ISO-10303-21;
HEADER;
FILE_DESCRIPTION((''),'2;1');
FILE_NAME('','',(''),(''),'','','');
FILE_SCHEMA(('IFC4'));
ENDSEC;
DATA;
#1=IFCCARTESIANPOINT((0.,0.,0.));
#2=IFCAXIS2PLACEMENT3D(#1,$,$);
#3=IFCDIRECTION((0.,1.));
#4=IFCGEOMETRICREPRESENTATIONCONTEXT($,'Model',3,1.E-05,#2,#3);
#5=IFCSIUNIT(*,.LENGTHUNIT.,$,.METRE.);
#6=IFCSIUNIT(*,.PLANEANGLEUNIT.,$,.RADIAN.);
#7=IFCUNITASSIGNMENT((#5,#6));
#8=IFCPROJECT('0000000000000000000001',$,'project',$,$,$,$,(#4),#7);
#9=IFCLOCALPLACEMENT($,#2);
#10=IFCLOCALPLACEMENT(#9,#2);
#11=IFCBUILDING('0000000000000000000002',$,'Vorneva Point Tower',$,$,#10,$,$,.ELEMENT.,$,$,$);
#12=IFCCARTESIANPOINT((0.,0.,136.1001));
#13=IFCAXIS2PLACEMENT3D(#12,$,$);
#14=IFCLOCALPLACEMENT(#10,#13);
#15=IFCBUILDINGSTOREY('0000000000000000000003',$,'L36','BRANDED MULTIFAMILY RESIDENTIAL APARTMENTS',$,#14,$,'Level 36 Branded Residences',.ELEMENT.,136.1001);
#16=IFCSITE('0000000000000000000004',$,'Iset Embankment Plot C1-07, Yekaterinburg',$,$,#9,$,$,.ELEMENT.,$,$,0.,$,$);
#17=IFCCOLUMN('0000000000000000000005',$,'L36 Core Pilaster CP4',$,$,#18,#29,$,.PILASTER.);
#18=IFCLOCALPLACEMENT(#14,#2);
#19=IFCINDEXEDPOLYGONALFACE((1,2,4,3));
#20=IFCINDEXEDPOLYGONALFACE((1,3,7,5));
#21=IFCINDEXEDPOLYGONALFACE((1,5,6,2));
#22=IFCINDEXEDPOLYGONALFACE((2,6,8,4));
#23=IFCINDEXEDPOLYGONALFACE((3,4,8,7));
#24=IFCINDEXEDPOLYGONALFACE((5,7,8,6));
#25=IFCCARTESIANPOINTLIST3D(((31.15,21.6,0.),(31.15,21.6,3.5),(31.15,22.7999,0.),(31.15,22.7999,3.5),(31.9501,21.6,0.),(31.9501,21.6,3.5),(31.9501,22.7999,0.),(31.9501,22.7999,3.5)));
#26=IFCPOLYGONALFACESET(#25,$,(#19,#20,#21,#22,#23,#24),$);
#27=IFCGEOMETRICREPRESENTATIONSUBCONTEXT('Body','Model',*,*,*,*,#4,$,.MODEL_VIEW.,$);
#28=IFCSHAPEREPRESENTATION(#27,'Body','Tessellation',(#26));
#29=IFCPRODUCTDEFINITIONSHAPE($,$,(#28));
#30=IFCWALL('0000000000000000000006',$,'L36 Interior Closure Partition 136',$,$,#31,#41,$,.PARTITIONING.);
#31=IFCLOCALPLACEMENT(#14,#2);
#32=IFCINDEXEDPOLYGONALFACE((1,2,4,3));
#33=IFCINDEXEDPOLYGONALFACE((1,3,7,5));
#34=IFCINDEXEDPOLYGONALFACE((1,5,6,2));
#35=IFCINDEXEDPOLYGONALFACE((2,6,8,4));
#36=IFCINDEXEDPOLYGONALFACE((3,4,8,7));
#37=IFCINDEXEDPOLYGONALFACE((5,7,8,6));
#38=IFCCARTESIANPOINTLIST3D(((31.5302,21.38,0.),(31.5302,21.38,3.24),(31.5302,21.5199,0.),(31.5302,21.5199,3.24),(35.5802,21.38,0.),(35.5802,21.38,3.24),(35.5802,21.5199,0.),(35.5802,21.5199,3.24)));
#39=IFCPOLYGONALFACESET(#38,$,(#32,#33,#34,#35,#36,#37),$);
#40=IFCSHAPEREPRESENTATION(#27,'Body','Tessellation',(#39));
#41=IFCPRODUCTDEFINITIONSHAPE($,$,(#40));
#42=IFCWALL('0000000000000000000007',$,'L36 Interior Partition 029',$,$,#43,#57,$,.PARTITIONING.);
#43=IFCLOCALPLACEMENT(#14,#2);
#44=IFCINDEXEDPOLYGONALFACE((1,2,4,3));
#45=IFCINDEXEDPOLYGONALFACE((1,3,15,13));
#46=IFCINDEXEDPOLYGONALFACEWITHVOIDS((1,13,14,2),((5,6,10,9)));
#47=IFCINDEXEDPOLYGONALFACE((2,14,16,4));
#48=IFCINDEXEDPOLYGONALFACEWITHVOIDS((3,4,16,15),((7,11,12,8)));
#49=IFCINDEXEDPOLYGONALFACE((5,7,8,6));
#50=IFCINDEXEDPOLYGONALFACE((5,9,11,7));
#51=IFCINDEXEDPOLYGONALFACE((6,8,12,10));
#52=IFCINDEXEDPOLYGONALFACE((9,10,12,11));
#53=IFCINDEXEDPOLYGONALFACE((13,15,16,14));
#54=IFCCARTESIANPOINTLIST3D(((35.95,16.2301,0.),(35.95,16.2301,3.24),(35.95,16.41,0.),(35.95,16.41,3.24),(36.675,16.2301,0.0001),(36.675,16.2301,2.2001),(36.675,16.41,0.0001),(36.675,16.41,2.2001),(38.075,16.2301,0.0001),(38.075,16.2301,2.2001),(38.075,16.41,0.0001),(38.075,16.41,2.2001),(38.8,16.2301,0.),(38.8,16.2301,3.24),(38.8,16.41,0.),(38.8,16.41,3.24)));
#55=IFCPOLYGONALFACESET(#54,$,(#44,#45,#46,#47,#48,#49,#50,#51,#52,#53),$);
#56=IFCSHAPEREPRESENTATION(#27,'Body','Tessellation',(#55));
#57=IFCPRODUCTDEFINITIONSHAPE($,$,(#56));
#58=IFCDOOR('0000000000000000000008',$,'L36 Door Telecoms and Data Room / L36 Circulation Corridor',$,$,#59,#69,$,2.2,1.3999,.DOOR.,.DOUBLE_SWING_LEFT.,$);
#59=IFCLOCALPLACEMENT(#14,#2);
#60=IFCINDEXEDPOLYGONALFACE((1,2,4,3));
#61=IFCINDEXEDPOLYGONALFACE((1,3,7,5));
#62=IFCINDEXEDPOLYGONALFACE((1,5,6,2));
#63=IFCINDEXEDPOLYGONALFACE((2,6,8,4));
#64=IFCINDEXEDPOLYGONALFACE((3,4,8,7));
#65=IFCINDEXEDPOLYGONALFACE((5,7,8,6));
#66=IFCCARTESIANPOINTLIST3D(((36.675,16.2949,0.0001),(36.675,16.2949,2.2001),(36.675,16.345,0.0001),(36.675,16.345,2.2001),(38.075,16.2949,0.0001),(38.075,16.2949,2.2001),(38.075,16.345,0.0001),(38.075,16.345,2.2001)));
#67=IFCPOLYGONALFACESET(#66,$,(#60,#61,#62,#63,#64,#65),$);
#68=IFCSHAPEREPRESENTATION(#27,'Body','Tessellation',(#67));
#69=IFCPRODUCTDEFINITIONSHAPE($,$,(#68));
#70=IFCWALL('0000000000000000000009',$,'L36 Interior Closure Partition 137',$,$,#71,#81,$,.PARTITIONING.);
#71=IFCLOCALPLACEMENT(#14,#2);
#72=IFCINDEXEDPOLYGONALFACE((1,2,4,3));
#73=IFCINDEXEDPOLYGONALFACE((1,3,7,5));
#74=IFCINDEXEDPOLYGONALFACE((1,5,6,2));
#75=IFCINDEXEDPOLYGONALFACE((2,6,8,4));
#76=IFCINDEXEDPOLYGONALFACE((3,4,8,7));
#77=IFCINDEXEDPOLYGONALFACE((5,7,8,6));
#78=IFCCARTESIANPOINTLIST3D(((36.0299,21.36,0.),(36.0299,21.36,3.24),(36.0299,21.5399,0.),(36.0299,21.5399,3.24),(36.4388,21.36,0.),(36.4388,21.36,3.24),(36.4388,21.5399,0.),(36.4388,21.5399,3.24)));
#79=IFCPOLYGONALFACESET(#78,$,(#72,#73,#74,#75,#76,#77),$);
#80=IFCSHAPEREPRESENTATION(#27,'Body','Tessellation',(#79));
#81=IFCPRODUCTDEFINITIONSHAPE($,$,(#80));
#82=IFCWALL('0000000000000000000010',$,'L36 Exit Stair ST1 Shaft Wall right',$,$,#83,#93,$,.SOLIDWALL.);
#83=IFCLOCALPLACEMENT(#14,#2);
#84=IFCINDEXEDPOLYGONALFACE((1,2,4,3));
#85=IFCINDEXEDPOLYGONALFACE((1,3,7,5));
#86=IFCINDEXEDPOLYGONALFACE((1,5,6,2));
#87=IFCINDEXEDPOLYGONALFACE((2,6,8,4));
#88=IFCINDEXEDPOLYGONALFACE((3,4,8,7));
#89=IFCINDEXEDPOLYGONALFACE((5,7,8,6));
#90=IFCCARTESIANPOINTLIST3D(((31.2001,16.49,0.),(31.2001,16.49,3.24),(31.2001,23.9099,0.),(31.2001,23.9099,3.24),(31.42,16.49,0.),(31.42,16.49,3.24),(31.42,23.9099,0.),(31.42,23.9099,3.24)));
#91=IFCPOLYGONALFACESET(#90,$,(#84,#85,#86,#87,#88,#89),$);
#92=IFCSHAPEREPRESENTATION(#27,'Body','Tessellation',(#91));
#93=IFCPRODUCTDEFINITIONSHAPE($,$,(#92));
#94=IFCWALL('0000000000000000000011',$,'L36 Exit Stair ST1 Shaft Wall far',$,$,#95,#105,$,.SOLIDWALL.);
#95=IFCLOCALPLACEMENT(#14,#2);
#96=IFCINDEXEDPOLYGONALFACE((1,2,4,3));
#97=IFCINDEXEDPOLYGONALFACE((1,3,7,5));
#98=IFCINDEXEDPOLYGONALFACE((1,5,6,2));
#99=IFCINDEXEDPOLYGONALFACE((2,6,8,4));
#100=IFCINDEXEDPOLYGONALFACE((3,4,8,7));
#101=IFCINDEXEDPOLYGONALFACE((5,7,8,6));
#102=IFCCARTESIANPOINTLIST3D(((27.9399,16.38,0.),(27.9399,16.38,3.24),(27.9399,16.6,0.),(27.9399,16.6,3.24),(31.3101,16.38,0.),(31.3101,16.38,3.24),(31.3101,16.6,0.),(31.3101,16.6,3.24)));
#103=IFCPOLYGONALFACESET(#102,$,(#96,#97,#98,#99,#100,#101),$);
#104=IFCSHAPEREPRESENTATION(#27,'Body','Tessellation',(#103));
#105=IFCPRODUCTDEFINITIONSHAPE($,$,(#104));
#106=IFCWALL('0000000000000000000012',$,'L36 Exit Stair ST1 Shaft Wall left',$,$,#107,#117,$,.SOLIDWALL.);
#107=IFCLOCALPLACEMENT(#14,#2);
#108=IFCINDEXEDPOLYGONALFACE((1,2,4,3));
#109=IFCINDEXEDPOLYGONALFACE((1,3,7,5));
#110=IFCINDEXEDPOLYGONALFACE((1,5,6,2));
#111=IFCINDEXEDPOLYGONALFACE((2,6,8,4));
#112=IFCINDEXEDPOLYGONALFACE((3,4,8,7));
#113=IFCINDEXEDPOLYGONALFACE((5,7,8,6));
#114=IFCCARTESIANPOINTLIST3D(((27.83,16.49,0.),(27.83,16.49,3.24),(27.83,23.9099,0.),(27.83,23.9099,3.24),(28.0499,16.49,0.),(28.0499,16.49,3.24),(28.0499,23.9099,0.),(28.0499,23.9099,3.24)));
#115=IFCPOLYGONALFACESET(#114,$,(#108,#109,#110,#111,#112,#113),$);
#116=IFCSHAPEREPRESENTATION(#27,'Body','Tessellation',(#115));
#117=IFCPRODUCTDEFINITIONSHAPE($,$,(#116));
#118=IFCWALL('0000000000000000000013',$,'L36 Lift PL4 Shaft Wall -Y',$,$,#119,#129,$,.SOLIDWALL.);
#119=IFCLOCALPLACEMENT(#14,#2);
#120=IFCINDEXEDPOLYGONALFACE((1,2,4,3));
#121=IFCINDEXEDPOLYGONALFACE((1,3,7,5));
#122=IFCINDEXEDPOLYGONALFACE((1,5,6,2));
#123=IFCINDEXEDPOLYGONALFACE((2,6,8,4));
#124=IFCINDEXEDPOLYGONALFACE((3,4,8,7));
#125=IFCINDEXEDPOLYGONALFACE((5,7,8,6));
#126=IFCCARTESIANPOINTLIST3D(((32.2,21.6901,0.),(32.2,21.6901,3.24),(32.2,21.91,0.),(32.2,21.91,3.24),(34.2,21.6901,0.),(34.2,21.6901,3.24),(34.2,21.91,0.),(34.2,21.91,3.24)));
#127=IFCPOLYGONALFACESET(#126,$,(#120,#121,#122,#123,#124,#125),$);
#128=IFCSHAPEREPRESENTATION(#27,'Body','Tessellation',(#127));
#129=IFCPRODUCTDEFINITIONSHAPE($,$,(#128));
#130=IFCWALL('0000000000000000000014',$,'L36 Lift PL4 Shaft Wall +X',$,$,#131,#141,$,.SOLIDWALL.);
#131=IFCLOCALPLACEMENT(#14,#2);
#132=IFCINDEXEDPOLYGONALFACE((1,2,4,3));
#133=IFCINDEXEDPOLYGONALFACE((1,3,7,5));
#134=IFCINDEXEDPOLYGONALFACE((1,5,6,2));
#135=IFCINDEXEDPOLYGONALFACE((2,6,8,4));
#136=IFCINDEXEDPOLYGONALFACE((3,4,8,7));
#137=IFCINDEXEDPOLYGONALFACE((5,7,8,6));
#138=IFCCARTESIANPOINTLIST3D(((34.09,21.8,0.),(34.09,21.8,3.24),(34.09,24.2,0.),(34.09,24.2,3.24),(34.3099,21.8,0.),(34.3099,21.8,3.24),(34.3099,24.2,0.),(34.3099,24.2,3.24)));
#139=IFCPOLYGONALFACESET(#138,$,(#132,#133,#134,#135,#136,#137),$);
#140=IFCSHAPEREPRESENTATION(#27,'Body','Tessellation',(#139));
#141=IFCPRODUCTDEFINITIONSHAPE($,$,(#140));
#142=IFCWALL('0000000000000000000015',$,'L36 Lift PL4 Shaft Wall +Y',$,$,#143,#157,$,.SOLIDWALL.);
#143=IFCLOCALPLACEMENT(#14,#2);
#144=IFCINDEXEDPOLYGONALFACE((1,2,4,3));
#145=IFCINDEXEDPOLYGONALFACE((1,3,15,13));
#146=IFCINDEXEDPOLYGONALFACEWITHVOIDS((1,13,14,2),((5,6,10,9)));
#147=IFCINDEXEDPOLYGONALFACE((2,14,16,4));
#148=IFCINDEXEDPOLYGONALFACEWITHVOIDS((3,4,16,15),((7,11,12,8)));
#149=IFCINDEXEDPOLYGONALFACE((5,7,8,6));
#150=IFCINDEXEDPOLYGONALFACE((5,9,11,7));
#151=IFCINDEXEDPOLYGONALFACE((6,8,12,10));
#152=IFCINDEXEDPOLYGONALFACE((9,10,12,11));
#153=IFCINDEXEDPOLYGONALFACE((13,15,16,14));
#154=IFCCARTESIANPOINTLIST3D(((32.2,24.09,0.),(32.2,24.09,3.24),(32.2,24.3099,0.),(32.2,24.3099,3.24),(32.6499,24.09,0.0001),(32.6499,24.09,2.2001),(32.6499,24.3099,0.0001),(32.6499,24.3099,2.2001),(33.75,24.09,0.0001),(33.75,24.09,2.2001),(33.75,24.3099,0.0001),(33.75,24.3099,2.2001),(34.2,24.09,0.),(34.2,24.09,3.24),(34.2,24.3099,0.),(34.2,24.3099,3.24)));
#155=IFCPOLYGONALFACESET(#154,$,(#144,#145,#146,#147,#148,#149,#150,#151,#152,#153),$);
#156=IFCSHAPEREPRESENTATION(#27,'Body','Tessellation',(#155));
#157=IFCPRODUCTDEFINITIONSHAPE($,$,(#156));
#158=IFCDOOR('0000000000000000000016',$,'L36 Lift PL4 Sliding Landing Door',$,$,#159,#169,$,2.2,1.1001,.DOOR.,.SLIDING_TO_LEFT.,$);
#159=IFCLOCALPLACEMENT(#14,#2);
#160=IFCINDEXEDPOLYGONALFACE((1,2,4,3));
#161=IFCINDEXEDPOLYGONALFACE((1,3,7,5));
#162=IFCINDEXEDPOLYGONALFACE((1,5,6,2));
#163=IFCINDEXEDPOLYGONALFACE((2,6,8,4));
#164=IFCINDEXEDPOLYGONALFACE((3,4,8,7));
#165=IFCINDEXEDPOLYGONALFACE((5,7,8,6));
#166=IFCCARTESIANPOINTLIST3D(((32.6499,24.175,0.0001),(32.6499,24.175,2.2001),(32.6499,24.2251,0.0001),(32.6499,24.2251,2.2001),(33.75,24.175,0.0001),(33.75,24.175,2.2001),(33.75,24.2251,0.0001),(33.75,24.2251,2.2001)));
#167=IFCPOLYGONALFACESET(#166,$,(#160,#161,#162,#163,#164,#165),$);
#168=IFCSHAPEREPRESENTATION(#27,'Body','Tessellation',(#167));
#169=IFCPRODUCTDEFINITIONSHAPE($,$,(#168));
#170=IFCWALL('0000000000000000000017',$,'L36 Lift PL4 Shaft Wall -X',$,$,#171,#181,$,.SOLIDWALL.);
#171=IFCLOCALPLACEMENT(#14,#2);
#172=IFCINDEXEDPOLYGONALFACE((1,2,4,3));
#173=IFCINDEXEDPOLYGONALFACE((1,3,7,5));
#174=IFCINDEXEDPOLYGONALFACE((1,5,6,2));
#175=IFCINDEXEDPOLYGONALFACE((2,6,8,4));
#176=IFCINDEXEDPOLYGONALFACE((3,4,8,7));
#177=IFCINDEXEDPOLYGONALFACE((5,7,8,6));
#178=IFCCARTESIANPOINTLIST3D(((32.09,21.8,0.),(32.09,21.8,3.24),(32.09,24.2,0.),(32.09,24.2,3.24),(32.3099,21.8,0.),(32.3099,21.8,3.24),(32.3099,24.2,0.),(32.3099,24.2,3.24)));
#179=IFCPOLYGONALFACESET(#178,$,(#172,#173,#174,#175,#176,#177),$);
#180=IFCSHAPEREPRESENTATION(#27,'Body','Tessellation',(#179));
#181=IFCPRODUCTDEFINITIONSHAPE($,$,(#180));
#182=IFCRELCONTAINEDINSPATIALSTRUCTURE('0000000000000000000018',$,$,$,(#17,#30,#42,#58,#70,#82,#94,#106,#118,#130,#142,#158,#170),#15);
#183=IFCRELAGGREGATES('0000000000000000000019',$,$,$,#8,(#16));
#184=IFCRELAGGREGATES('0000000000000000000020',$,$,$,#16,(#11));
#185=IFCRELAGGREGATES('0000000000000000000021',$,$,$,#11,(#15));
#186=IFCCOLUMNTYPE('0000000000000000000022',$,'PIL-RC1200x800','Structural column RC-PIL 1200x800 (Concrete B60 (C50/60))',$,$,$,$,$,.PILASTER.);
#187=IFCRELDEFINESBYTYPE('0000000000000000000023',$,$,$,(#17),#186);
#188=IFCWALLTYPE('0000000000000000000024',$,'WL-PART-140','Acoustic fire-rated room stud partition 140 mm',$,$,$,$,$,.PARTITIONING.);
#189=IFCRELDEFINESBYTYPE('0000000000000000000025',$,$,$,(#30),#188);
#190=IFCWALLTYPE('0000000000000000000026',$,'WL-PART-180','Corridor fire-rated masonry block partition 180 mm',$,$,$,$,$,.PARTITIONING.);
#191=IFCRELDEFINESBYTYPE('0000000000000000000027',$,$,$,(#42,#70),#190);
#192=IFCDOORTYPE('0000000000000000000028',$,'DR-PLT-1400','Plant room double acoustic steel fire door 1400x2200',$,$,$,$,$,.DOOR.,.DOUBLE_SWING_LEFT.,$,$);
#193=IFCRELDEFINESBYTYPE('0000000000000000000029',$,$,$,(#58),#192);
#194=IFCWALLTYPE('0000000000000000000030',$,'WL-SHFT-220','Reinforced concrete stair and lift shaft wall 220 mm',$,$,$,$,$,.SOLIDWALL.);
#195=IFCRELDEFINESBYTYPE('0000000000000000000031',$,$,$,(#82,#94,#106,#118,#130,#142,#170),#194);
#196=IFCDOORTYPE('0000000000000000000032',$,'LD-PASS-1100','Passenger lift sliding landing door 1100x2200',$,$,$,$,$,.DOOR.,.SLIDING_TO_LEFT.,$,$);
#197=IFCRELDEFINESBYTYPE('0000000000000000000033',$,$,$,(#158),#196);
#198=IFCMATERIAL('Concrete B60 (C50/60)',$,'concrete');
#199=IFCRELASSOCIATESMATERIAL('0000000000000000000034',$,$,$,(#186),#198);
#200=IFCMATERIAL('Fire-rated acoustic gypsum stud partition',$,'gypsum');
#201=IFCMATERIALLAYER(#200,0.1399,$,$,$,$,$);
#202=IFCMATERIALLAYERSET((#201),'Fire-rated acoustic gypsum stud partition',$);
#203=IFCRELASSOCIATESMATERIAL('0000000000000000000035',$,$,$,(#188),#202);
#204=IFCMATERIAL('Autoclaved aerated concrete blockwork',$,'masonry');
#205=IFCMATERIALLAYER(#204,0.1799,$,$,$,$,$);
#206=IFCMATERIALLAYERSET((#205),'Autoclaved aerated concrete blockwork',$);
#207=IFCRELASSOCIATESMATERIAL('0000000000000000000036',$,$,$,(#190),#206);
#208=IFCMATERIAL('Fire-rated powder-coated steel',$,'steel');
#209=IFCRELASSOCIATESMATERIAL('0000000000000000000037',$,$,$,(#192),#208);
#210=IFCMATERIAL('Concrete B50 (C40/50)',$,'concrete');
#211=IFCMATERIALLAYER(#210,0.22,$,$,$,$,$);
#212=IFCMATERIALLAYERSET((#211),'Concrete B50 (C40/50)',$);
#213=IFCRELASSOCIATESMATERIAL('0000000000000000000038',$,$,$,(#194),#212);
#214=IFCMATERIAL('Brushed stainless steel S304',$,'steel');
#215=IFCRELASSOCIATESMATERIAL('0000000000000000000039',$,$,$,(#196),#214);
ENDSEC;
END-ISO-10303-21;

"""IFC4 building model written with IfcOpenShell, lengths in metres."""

from ifc_helpers import new_model, si_unit, direction, frame, frame_2d, origin, origin_2d, place, context, subcontext, project, spatial, rectangle, extrude, material, layer, layer_set, material_profile, profile_set, type_object, element, fill, save


model = new_model("IFC4")

# Units and contexts
model_context = context("Model", 3, precision=1e-05, world=origin(), true_north=direction((0.0, 1.0)))
body_context = subcontext(model_context, "Body", "Model", "MODEL_VIEW")
ifc_project = project(units=[si_unit("LENGTHUNIT", "METRE"), si_unit("PLANEANGLEUNIT", "RADIAN")], contexts=[model_context])

# Site, building, storey
site_placement = place(None, origin())
site = spatial("IfcSite", under=ifc_project, at=site_placement, Name="Iset Embankment Plot C1-07, Yekaterinburg", CompositionType="ELEMENT", RefElevation=0.0)
building_placement = place(site_placement, origin())
building = spatial("IfcBuilding", under=site, at=building_placement, Name="Vorneva Point Tower", CompositionType="ELEMENT")
storey_placement = place(building_placement, frame((0.0, 0.0, 136.1001)))
storey = spatial("IfcBuildingStorey", under=building, at=storey_placement, Name="L36", Description="BRANDED MULTIFAMILY RESIDENTIAL APARTMENTS", LongName="Level 36 Branded Residences", CompositionType="ELEMENT", Elevation=136.1001)

# Column
ifc_material_1 = material(Name="Concrete B60 (C50/60)", Category="concrete")
ifc_material_profile = material_profile(ifc_material_1, rectangle(XDim=0.8, YDim=1.2, at=origin_2d()), Name="RC-PIL 1200x800")
ifc_profile_set = profile_set([ifc_material_profile], Name="Concrete B60 (C50/60)")
column_type = type_object("IfcColumnType", Name="PIL-RC1200x800", Description="Structural column RC-PIL 1200x800 (Concrete B60 (C50/60))", PredefinedType="PILASTER", material=ifc_profile_set)
column_placement = place(storey_placement, frame((31.55, 22.2, 0.0), z_axis=(0.0, 0.0, 1.0), x_axis=(1.0, 0.0, 0.0)))
element("IfcColumn", 1, at=column_placement, inside=storey, type_object=column_type, Name="L36 Core Pilaster CP4", PredefinedType="PILASTER", context=body_context, shape_type="SweptSolid", body=[
    extrude(rectangle(XDim=0.8, YDim=1.2, at=origin_2d()), origin(), (0.0, 0.0, 1.0), 3.5),
])

# Wall
ifc_material_2 = material(Name="Fire-rated acoustic gypsum stud partition", Category="gypsum")
ifc_layer_1 = layer(ifc_material_2, 0.1399)
ifc_layer_set_1 = layer_set([ifc_layer_1], Name="Fire-rated acoustic gypsum stud partition")
wall_type_1 = type_object("IfcWallType", Name="WL-PART-140", Description="Acoustic fire-rated room stud partition 140 mm", PredefinedType="PARTITIONING", material=ifc_layer_set_1)
wall_1_placement = place(storey_placement, frame((35.5801, 21.45, 0.0), z_axis=(0.0, 0.0, 1.0), x_axis=(-1.0, 0.0, 0.0)))
element("IfcWall", 2, at=wall_1_placement, inside=storey, type_object=wall_type_1, Name="L36 Interior Closure Partition 136", PredefinedType="PARTITIONING", context=body_context, shape_type="SweptSolid", body=[
    extrude(rectangle(XDim=4.05, YDim=0.1399, at=frame_2d((2.0249, 0.0))), origin(), (0.0, 0.0, 1.0), 3.24),
])

# Wall, opening, door
ifc_material_3 = material(Name="Autoclaved aerated concrete blockwork", Category="masonry")
ifc_layer_2 = layer(ifc_material_3, 0.1799)
ifc_layer_set_2 = layer_set([ifc_layer_2], Name="Autoclaved aerated concrete blockwork")
wall_type_2 = type_object("IfcWallType", Name="WL-PART-180", Description="Corridor fire-rated masonry block partition 180 mm", PredefinedType="PARTITIONING", material=ifc_layer_set_2)
ifc_material_4 = material(Name="Fire-rated powder-coated steel", Category="steel")
wall_2_placement = place(storey_placement, frame((35.95, 16.3201, 0.0), z_axis=(0.0, 0.0, 1.0), x_axis=(1.0, 0.0, 0.0)))
wall_2 = element("IfcWall", 3, at=wall_2_placement, inside=storey, type_object=wall_type_2, Name="L36 Interior Partition 029", PredefinedType="PARTITIONING", context=body_context, shape_type="SweptSolid", body=[
    extrude(rectangle(XDim=2.8501, YDim=0.1799, at=frame_2d((1.425, 0.0))), origin(), (0.0, 0.0, 1.0), 3.24),
])
opening_1_placement = place(wall_2_placement, frame((0.7251, 0.0, 0.0)))
opening_1 = element("IfcOpeningElement", 4, at=opening_1_placement, cuts=wall_2, PredefinedType="OPENING", context=body_context, shape_type="SweptSolid", body=[
    extrude(rectangle(XDim=1.3999, YDim=2.2, at=frame_2d((0.7, 1.1001))), frame((0.0, 0.105, 0.0), z_axis=(0.0, -1.0, 0.0), x_axis=(1.0, 0.0, 0.0)), (0.0, 0.0, 1.0), 0.2097),
])
door_type_1 = type_object("IfcDoorType", Name="DR-PLT-1400", Description="Plant room double acoustic steel fire door 1400x2200", OperationType="DOUBLE_SWING_LEFT", PredefinedType="DOOR", material=ifc_material_4)
door_1_placement = place(opening_1_placement, origin())
door_1 = element("IfcDoor", 5, at=door_1_placement, inside=storey, type_object=door_type_1, Name="L36 Door Telecoms and Data Room / L36 Circulation Corridor", OperationType="DOUBLE_SWING_LEFT", OverallHeight=2.2, OverallWidth=1.3999, PredefinedType="DOOR", context=body_context, shape_type="SweptSolid", body=[
    extrude(rectangle(XDim=1.3999, YDim=2.2, at=frame_2d((0.7, 1.1001))), frame((0.0, 0.0249, 0.0), z_axis=(0.0, -1.0, 0.0), x_axis=(1.0, 0.0, 0.0)), (0.0, 0.0, 1.0), 0.05),
])
fill(opening_1, door_1)

# Wall
wall_3_placement = place(storey_placement, frame((36.439, 21.45, 0.0), z_axis=(0.0, 0.0, 1.0), x_axis=(-1.0, 0.0, 0.0)))
element("IfcWall", 6, at=wall_3_placement, inside=storey, type_object=wall_type_2, Name="L36 Interior Closure Partition 137", PredefinedType="PARTITIONING", context=body_context, shape_type="SweptSolid", body=[
    extrude(rectangle(XDim=0.4089, YDim=0.1799, at=frame_2d((0.2046, 0.0))), origin(), (0.0, 0.0, 1.0), 3.24),
])

# Shared definitions
ifc_material_5 = material(Name="Concrete B50 (C40/50)", Category="concrete")
ifc_layer_3 = layer(ifc_material_5, 0.22)
ifc_layer_set_3 = layer_set([ifc_layer_3], Name="Concrete B50 (C40/50)")
wall_type_3 = type_object("IfcWallType", Name="WL-SHFT-220", Description="Reinforced concrete stair and lift shaft wall 220 mm", PredefinedType="SOLIDWALL", material=ifc_layer_set_3)

# Walls
wall_4_placement = place(storey_placement, frame((31.3101, 23.9099, 0.0), z_axis=(0.0, 0.0, 1.0), x_axis=(0.0, -1.0, 0.0)))
element("IfcWall", 7, at=wall_4_placement, inside=storey, type_object=wall_type_3, Name="L36 Exit Stair ST1 Shaft Wall right", PredefinedType="SOLIDWALL", context=body_context, shape_type="SweptSolid", body=[
    extrude(rectangle(XDim=7.4199, YDim=0.22, at=frame_2d((3.71, 0.0))), origin(), (0.0, 0.0, 1.0), 3.24),
])
wall_5_placement = place(storey_placement, frame((31.3101, 16.49, 0.0), z_axis=(0.0, 0.0, 1.0), x_axis=(-1.0, 0.0, 0.0)))
element("IfcWall", 8, at=wall_5_placement, inside=storey, type_object=wall_type_3, Name="L36 Exit Stair ST1 Shaft Wall far", PredefinedType="SOLIDWALL", context=body_context, shape_type="SweptSolid", body=[
    extrude(rectangle(XDim=3.3701, YDim=0.22, at=frame_2d((1.6851, 0.0))), origin(), (0.0, 0.0, 1.0), 3.24),
])
wall_6_placement = place(storey_placement, frame((27.9399, 16.49, 0.0), z_axis=(0.0, 0.0, 1.0), x_axis=(0.0, 1.0, 0.0)))
element("IfcWall", 9, at=wall_6_placement, inside=storey, type_object=wall_type_3, Name="L36 Exit Stair ST1 Shaft Wall left", PredefinedType="SOLIDWALL", context=body_context, shape_type="SweptSolid", body=[
    extrude(rectangle(XDim=7.4199, YDim=0.22, at=frame_2d((3.71, 0.0))), origin(), (0.0, 0.0, 1.0), 3.24),
])
wall_7_placement = place(storey_placement, frame((32.2, 21.8, 0.0), z_axis=(0.0, 0.0, 1.0), x_axis=(1.0, 0.0, 0.0)))
element("IfcWall", 10, at=wall_7_placement, inside=storey, type_object=wall_type_3, Name="L36 Lift PL4 Shaft Wall -Y", PredefinedType="SOLIDWALL", context=body_context, shape_type="SweptSolid", body=[
    extrude(rectangle(XDim=2.0, YDim=0.22, at=frame_2d((1.0, 0.0))), origin(), (0.0, 0.0, 1.0), 3.24),
])
wall_8_placement = place(storey_placement, frame((34.2, 21.8, 0.0), z_axis=(0.0, 0.0, 1.0), x_axis=(0.0, 1.0, 0.0)))
element("IfcWall", 11, at=wall_8_placement, inside=storey, type_object=wall_type_3, Name="L36 Lift PL4 Shaft Wall +X", PredefinedType="SOLIDWALL", context=body_context, shape_type="SweptSolid", body=[
    extrude(rectangle(XDim=2.3999, YDim=0.22, at=frame_2d((1.2, 0.0))), origin(), (0.0, 0.0, 1.0), 3.24),
])

# Wall, opening, door
wall_9_placement = place(storey_placement, frame((34.2, 24.2, 0.0), z_axis=(0.0, 0.0, 1.0), x_axis=(-1.0, 0.0, 0.0)))
wall_9 = element("IfcWall", 12, at=wall_9_placement, inside=storey, type_object=wall_type_3, Name="L36 Lift PL4 Shaft Wall +Y", PredefinedType="SOLIDWALL", context=body_context, shape_type="SweptSolid", body=[
    extrude(rectangle(XDim=2.0, YDim=0.22, at=frame_2d((1.0, 0.0))), origin(), (0.0, 0.0, 1.0), 3.24),
])
opening_2_placement = place(wall_9_placement, frame((0.45, 0.0, 0.0)))
opening_2 = element("IfcOpeningElement", 13, at=opening_2_placement, cuts=wall_9, PredefinedType="OPENING", context=body_context, shape_type="SweptSolid", body=[
    extrude(rectangle(XDim=1.1001, YDim=2.2, at=frame_2d((0.55, 1.1001))), frame((0.0, 0.125, 0.0), z_axis=(0.0, -1.0, 0.0), x_axis=(1.0, 0.0, 0.0)), (0.0, 0.0, 1.0), 0.2498),
])
ifc_material_6 = material(Name="Brushed stainless steel S304", Category="steel")
door_type_2 = type_object("IfcDoorType", Name="LD-PASS-1100", Description="Passenger lift sliding landing door 1100x2200", OperationType="SLIDING_TO_LEFT", PredefinedType="DOOR", material=ifc_material_6)
door_2_placement = place(opening_2_placement, origin())
door_2 = element("IfcDoor", 14, at=door_2_placement, inside=storey, type_object=door_type_2, Name="L36 Lift PL4 Sliding Landing Door", OperationType="SLIDING_TO_LEFT", OverallHeight=2.2, OverallWidth=1.1001, PredefinedType="DOOR", context=body_context, shape_type="SweptSolid", body=[
    extrude(rectangle(XDim=1.1001, YDim=2.2, at=frame_2d((0.55, 1.1001))), frame((0.0, 0.0249, 0.0), z_axis=(0.0, -1.0, 0.0), x_axis=(1.0, 0.0, 0.0)), (0.0, 0.0, 1.0), 0.05),
])
fill(opening_2, door_2)

# Wall
wall_10_placement = place(storey_placement, frame((32.2, 24.2, 0.0), z_axis=(0.0, 0.0, 1.0), x_axis=(0.0, -1.0, 0.0)))
element("IfcWall", 15, at=wall_10_placement, inside=storey, type_object=wall_type_3, Name="L36 Lift PL4 Shaft Wall -X", PredefinedType="SOLIDWALL", context=body_context, shape_type="SweptSolid", body=[
    extrude(rectangle(XDim=2.3999, YDim=0.22, at=frame_2d((1.2, 0.0))), origin(), (0.0, 0.0, 1.0), 3.24),
])

save(model, "model.ifc")
